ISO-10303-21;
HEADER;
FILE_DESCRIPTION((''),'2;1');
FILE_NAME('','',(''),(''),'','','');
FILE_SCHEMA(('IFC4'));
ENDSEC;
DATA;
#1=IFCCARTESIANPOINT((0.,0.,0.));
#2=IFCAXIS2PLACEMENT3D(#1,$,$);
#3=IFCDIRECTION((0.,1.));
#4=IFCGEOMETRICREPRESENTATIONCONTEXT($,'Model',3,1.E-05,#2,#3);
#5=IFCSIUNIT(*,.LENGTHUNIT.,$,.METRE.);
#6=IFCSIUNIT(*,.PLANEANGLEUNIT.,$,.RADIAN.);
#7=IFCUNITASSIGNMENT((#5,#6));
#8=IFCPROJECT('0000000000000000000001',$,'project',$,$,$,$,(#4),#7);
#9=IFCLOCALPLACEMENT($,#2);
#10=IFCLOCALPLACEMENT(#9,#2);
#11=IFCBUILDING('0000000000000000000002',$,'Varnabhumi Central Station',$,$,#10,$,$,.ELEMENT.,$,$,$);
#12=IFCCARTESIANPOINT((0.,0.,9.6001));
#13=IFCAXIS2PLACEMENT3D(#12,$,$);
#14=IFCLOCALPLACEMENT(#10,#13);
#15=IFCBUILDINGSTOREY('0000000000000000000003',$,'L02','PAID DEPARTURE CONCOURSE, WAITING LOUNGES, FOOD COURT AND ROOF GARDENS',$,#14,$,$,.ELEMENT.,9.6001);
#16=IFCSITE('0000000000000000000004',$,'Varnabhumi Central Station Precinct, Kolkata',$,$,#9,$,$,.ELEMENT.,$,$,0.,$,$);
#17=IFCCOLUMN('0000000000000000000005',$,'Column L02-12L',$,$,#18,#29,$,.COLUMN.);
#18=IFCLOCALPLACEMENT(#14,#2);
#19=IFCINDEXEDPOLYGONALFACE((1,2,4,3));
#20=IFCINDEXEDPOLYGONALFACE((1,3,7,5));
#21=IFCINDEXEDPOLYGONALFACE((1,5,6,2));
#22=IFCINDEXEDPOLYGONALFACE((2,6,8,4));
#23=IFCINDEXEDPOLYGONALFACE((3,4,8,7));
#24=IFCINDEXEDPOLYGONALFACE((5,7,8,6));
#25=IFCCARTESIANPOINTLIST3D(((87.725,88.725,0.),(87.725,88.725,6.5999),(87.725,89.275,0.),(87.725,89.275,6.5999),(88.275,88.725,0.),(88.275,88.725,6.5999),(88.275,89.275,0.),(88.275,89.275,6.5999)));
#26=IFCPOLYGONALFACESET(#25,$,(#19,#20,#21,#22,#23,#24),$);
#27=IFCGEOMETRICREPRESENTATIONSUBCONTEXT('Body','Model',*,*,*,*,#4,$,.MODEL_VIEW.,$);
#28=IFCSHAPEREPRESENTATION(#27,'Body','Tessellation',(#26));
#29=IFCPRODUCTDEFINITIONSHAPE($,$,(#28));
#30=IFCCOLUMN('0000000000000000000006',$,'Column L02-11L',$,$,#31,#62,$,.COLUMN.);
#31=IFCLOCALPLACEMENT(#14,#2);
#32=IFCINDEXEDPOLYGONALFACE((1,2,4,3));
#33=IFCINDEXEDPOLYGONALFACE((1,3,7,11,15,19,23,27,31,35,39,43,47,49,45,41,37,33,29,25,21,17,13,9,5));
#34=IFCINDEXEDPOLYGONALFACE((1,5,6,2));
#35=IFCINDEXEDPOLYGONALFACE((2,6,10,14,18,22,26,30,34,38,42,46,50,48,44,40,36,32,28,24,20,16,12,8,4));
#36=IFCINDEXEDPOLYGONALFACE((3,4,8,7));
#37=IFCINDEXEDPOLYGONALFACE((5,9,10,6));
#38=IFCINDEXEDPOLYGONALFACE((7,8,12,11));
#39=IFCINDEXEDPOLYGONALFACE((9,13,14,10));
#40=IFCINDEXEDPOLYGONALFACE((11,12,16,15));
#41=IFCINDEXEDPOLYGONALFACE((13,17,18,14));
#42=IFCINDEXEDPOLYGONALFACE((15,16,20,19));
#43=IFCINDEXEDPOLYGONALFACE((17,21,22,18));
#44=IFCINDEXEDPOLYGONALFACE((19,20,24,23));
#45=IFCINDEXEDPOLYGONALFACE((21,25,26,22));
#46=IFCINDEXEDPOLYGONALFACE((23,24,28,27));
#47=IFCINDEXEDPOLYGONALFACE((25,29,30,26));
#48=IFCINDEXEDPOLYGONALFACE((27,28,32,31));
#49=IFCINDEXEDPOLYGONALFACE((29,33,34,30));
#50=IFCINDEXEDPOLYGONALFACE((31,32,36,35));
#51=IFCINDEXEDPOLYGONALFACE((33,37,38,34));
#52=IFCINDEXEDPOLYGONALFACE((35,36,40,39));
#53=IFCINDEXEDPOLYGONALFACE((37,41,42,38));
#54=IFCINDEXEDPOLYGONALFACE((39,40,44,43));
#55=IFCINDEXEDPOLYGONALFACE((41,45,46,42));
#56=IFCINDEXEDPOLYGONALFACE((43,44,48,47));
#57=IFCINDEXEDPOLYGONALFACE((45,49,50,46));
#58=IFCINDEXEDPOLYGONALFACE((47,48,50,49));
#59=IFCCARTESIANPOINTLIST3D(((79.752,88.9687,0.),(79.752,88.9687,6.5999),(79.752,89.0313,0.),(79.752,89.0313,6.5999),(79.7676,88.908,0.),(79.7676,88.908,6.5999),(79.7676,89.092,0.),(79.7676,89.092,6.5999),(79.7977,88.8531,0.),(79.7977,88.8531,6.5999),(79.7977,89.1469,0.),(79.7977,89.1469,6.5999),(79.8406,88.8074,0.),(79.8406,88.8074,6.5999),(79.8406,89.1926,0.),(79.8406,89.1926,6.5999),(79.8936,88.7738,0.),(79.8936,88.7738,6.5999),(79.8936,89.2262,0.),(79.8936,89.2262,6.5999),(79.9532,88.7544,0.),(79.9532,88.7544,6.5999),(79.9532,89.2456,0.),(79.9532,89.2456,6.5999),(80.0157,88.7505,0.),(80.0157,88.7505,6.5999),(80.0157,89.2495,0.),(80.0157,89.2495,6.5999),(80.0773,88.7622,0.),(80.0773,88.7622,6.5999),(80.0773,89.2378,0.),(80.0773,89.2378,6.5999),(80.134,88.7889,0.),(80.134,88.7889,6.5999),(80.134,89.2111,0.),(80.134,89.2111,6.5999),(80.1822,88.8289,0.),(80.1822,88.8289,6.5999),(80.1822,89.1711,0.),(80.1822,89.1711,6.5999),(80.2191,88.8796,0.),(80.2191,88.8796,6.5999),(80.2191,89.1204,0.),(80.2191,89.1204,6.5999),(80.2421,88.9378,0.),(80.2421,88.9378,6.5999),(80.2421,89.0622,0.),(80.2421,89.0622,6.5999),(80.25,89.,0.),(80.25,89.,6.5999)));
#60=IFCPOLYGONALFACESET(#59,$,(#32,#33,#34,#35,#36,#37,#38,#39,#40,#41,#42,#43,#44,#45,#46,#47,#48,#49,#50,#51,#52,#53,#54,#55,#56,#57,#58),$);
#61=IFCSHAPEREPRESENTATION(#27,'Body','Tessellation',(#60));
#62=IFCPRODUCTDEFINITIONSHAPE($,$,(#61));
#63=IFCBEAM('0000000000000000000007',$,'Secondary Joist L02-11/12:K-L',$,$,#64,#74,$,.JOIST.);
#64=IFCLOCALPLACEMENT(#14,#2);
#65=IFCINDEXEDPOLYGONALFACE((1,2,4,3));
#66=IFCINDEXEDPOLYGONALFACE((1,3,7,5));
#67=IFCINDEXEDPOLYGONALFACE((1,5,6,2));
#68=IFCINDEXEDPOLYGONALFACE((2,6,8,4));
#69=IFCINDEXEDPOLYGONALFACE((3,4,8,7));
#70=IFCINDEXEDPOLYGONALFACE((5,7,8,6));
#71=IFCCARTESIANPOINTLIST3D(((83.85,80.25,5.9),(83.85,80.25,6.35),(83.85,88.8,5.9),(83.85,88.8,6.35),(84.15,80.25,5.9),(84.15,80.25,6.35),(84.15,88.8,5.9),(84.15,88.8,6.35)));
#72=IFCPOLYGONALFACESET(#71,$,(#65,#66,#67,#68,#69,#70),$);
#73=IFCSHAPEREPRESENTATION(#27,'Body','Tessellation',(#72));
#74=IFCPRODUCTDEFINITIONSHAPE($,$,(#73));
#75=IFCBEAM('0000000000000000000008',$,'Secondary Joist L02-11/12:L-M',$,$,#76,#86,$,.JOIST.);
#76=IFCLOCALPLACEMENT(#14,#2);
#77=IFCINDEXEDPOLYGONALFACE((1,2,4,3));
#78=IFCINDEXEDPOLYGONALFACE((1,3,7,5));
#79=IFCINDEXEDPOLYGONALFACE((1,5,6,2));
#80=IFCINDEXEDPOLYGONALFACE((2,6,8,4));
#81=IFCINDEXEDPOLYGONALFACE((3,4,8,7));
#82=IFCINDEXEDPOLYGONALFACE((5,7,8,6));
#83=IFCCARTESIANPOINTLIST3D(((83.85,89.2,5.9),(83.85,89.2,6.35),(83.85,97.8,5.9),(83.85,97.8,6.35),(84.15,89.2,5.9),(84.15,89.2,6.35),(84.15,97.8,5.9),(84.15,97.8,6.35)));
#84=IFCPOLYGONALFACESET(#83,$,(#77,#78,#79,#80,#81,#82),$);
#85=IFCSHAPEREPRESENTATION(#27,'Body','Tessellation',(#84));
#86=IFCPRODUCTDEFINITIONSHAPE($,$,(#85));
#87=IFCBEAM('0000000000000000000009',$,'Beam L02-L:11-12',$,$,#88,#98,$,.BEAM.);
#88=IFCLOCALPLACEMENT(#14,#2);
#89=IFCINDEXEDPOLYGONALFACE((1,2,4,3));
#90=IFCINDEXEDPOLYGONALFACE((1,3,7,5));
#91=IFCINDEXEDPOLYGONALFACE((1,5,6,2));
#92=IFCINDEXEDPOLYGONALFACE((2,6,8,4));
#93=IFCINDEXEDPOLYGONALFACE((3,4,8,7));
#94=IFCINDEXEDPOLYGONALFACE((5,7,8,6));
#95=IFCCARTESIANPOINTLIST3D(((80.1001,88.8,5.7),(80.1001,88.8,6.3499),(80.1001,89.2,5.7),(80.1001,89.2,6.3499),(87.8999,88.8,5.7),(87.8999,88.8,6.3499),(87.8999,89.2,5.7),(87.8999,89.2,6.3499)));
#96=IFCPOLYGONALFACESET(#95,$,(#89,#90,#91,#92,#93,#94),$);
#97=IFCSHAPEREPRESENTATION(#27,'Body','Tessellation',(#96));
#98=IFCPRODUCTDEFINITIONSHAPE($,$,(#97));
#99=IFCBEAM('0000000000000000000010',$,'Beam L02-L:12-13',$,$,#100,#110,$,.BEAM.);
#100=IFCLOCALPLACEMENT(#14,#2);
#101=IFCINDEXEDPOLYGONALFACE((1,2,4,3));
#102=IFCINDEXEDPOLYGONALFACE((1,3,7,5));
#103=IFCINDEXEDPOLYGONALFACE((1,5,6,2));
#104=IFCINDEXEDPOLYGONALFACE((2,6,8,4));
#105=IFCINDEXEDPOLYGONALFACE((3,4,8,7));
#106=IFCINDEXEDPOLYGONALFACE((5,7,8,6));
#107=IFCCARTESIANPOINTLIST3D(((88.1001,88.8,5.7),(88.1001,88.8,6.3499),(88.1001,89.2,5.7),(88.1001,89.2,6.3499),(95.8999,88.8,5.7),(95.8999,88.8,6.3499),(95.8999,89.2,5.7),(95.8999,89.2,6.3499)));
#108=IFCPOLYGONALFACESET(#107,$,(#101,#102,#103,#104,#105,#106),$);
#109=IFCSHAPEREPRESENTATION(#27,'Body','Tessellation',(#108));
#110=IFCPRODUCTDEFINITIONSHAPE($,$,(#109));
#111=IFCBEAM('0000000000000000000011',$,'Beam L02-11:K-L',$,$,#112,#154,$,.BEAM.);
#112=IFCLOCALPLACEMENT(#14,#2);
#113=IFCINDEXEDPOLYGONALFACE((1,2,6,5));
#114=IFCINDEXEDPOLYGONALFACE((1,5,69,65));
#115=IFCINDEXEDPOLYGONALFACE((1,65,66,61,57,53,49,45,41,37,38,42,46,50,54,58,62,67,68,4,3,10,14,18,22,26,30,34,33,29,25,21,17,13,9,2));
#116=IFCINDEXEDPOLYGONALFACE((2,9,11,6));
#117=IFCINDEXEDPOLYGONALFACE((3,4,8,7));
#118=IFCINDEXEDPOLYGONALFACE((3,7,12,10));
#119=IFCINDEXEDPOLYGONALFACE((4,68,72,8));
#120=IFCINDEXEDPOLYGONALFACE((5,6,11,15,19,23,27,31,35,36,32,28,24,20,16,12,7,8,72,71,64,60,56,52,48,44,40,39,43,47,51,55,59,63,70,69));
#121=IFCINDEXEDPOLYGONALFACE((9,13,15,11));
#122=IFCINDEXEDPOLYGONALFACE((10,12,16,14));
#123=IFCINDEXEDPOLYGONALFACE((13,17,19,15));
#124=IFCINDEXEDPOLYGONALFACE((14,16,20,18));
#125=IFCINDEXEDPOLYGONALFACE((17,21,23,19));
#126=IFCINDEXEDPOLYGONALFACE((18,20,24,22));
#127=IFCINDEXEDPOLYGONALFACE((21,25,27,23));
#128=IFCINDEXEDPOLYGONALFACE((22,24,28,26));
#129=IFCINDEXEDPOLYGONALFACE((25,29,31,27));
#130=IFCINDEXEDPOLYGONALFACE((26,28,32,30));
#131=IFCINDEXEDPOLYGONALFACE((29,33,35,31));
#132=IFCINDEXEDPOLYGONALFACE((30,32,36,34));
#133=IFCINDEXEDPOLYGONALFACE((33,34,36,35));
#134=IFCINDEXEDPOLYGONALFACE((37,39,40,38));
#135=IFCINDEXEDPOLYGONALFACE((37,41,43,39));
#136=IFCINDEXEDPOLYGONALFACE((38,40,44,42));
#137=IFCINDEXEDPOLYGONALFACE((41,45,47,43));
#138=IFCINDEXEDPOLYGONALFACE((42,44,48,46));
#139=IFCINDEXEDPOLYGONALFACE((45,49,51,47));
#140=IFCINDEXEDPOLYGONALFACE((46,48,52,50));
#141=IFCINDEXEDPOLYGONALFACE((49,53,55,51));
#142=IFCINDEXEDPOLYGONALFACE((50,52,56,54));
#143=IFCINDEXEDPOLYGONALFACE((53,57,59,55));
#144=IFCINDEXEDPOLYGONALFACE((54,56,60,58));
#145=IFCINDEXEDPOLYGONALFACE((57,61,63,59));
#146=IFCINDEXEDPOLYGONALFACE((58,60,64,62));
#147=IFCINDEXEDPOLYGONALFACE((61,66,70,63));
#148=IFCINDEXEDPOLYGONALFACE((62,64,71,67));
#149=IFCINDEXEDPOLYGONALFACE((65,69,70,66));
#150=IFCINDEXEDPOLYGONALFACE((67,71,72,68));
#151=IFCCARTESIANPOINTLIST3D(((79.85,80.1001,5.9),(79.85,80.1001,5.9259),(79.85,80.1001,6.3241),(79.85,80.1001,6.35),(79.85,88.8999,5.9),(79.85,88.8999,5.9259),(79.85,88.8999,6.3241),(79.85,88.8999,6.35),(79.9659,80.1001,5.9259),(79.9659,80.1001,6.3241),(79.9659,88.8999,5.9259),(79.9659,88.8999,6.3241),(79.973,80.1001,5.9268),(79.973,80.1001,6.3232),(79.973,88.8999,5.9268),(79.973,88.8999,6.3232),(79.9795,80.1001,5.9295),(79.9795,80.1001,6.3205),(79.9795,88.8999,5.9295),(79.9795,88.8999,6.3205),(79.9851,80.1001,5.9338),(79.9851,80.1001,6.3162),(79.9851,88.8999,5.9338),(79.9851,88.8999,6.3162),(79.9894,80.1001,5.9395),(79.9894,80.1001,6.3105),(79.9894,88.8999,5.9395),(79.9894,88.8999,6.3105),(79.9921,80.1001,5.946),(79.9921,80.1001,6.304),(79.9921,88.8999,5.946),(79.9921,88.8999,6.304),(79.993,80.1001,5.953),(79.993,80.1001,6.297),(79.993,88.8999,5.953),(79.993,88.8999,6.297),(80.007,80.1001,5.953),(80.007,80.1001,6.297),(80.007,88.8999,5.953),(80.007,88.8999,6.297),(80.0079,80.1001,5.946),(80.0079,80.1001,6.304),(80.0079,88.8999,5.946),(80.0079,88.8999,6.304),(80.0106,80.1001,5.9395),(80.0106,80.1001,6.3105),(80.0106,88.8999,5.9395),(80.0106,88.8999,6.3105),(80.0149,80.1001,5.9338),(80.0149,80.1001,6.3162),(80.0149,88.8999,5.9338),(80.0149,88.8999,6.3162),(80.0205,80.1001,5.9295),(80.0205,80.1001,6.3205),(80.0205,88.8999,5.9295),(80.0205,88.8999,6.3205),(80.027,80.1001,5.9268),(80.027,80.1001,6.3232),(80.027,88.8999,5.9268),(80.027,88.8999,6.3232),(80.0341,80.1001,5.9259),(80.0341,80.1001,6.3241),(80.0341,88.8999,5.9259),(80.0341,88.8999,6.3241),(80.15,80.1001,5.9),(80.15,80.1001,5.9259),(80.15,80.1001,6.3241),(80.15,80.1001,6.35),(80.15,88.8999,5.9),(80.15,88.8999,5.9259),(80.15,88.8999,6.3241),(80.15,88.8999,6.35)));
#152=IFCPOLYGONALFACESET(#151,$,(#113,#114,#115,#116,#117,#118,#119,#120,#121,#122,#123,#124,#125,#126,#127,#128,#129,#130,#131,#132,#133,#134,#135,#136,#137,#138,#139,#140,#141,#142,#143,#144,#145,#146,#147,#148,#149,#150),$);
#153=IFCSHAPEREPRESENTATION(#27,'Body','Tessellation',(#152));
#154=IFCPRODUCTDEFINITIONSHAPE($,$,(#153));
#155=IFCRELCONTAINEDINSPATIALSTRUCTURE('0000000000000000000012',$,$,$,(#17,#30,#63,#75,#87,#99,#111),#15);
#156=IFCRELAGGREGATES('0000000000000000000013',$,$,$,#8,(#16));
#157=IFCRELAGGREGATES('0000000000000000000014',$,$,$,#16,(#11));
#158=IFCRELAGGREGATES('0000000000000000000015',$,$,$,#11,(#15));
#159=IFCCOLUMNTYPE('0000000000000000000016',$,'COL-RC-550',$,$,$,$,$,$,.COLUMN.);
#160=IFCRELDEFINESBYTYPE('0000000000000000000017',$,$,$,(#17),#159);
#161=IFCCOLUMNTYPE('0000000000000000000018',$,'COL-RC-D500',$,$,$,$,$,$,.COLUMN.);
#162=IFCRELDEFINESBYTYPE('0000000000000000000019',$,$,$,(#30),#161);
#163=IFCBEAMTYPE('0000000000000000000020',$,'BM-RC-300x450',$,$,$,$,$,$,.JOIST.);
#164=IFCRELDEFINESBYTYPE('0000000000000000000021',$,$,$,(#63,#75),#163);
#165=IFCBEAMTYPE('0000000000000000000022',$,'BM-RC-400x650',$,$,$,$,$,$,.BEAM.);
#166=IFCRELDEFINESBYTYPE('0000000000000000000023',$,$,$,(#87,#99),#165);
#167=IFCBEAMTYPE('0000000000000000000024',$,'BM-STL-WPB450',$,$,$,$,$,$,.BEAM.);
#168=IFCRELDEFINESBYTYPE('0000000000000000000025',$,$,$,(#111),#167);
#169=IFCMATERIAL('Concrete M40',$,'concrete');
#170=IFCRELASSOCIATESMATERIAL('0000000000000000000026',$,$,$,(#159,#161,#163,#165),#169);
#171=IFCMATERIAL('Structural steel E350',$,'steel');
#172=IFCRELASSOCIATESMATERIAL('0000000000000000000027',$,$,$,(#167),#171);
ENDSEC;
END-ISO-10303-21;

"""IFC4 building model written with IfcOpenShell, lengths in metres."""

from ifc_helpers import new_model, si_unit, direction, frame, origin, origin_2d, place, context, subcontext, project, spatial, rectangle, circle, i_section, extrude, material, material_profile, profile_set, type_object, element, save


model = new_model("IFC4")

# Units and contexts
model_context = context("Model", 3, precision=1e-05, world=origin(), true_north=direction((0.0, 1.0)))
body_context = subcontext(model_context, "Body", "Model", "MODEL_VIEW")
ifc_project = project(units=[si_unit("LENGTHUNIT", "METRE"), si_unit("PLANEANGLEUNIT", "RADIAN")], contexts=[model_context])

# Site, building, storey
site_placement = place(None, origin())
site = spatial("IfcSite", under=ifc_project, at=site_placement, Name="Varnabhumi Central Station Precinct, Kolkata", CompositionType="ELEMENT", RefElevation=0.0)
building_placement = place(site_placement, origin())
building = spatial("IfcBuilding", under=site, at=building_placement, Name="Varnabhumi Central Station", CompositionType="ELEMENT")
storey_placement = place(building_placement, frame((0.0, 0.0, 9.6001)))
storey = spatial("IfcBuildingStorey", under=building, at=storey_placement, Name="L02", Description="PAID DEPARTURE CONCOURSE, WAITING LOUNGES, FOOD COURT AND ROOF GARDENS", CompositionType="ELEMENT", Elevation=9.6001)

# Columns
ifc_material_1 = material(Name="Concrete M40", Category="concrete")
ifc_material_profile_1 = material_profile(ifc_material_1, rectangle(XDim=0.55, YDim=0.55, at=origin_2d()), Name="Concrete M40", Category="concrete")
ifc_profile_set_1 = profile_set([ifc_material_profile_1], Name="Concrete M40")
column_type_1 = type_object("IfcColumnType", Name="COL-RC-550", PredefinedType="COLUMN", material=ifc_profile_set_1)
column_1_placement = place(storey_placement, frame((88.0, 89.0, 0.0), z_axis=(0.0, 0.0, 1.0), x_axis=(1.0, 0.0, 0.0)))
element("IfcColumn", 1, at=column_1_placement, inside=storey, type_object=column_type_1, Name="Column L02-12L", PredefinedType="COLUMN", context=body_context, shape_type="SweptSolid", body=[
    extrude(rectangle(XDim=0.55, YDim=0.55, at=origin_2d()), origin(), (0.0, 0.0, 1.0), 6.5999),
])
ifc_material_profile_2 = material_profile(ifc_material_1, circle(Radius=0.25, at=origin_2d()), Name="Concrete M40", Category="concrete")
ifc_profile_set_2 = profile_set([ifc_material_profile_2], Name="Concrete M40")
column_type_2 = type_object("IfcColumnType", Name="COL-RC-D500", PredefinedType="COLUMN", material=ifc_profile_set_2)
column_2_placement = place(storey_placement, frame((80.0, 89.0, 0.0), z_axis=(0.0, 0.0, 1.0), x_axis=(1.0, 0.0, 0.0)))
element("IfcColumn", 2, at=column_2_placement, inside=storey, type_object=column_type_2, Name="Column L02-11L", PredefinedType="COLUMN", context=body_context, shape_type="SweptSolid", body=[
    extrude(circle(Radius=0.25, at=origin_2d()), origin(), (0.0, 0.0, 1.0), 6.5999),
])

# Beams
ifc_material_profile_3 = material_profile(ifc_material_1, rectangle(XDim=0.3, YDim=0.45, at=origin_2d()), Name="Concrete M40", Category="concrete")
ifc_profile_set_3 = profile_set([ifc_material_profile_3], Name="Concrete M40")
beam_type_1 = type_object("IfcBeamType", Name="BM-RC-300x450", PredefinedType="JOIST", material=ifc_profile_set_3)
beam_1_placement = place(storey_placement, frame((84.0, 80.25, 6.125), z_axis=(0.0, 1.0, 0.0), x_axis=(-1.0, 0.0, 0.0)))
element("IfcBeam", 3, at=beam_1_placement, inside=storey, type_object=beam_type_1, Name="Secondary Joist L02-11/12:K-L", PredefinedType="JOIST", context=body_context, shape_type="SweptSolid", body=[
    extrude(rectangle(XDim=0.3, YDim=0.45, at=origin_2d()), origin(), (0.0, 0.0, 1.0), 8.55),
])
beam_2_placement = place(storey_placement, frame((84.0, 89.2, 6.125), z_axis=(0.0, 1.0, 0.0), x_axis=(-1.0, 0.0, 0.0)))
element("IfcBeam", 4, at=beam_2_placement, inside=storey, type_object=beam_type_1, Name="Secondary Joist L02-11/12:L-M", PredefinedType="JOIST", context=body_context, shape_type="SweptSolid", body=[
    extrude(rectangle(XDim=0.3, YDim=0.45, at=origin_2d()), origin(), (0.0, 0.0, 1.0), 8.6001),
])
ifc_material_profile_4 = material_profile(ifc_material_1, rectangle(XDim=0.3999, YDim=0.6499, at=origin_2d()), Name="Concrete M40", Category="concrete")
ifc_profile_set_4 = profile_set([ifc_material_profile_4], Name="Concrete M40")
beam_type_2 = type_object("IfcBeamType", Name="BM-RC-400x650", PredefinedType="BEAM", material=ifc_profile_set_4)
for number, where, z_axis, x_axis, name in (
    (5, (80.1001, 89.0, 6.0249), (1.0, 0.0, 0.0), (0.0, 1.0, 0.0), "Beam L02-L:11-12"),
    (6, (88.1001, 89.0, 6.0249), (1.0, 0.0, 0.0), (0.0, 1.0, 0.0), "Beam L02-L:12-13"),
):
    element("IfcBeam", number, at=place(storey_placement, frame(where, z_axis=z_axis, x_axis=x_axis)), inside=storey, type_object=beam_type_2, Name=name, PredefinedType="BEAM", context=body_context, shape_type="SweptSolid", body=[
        extrude(rectangle(XDim=0.3999, YDim=0.6499, at=origin_2d()), origin(), (0.0, 0.0, 1.0), 7.7998),
    ])
ifc_material_2 = material(Name="Structural steel E350", Category="steel")
ifc_material_profile_5 = material_profile(ifc_material_2, i_section(OverallWidth=0.3, OverallDepth=0.45, WebThickness=0.0139, FlangeThickness=0.0259, FilletRadius=0.0271, at=origin_2d()), Name="Structural steel E350", Category="steel")
ifc_profile_set_5 = profile_set([ifc_material_profile_5], Name="Structural steel E350")
beam_type_3 = type_object("IfcBeamType", Name="BM-STL-WPB450", PredefinedType="BEAM", material=ifc_profile_set_5)
for number, where, z_axis, x_axis, name in (
    (7, (80.0, 80.1001, 6.125), (0.0, 1.0, 0.0), (-1.0, 0.0, 0.0), "Beam L02-11:K-L"),
):
    element("IfcBeam", number, at=place(storey_placement, frame(where, z_axis=z_axis, x_axis=x_axis)), inside=storey, type_object=beam_type_3, Name=name, PredefinedType="BEAM", context=body_context, shape_type="SweptSolid", body=[
        extrude(i_section(OverallWidth=0.3, OverallDepth=0.45, WebThickness=0.0139, FlangeThickness=0.0259, FilletRadius=0.0271, at=origin_2d()), origin(), (0.0, 0.0, 1.0), 8.7998),
    ])

save(model, "model.ifc")
